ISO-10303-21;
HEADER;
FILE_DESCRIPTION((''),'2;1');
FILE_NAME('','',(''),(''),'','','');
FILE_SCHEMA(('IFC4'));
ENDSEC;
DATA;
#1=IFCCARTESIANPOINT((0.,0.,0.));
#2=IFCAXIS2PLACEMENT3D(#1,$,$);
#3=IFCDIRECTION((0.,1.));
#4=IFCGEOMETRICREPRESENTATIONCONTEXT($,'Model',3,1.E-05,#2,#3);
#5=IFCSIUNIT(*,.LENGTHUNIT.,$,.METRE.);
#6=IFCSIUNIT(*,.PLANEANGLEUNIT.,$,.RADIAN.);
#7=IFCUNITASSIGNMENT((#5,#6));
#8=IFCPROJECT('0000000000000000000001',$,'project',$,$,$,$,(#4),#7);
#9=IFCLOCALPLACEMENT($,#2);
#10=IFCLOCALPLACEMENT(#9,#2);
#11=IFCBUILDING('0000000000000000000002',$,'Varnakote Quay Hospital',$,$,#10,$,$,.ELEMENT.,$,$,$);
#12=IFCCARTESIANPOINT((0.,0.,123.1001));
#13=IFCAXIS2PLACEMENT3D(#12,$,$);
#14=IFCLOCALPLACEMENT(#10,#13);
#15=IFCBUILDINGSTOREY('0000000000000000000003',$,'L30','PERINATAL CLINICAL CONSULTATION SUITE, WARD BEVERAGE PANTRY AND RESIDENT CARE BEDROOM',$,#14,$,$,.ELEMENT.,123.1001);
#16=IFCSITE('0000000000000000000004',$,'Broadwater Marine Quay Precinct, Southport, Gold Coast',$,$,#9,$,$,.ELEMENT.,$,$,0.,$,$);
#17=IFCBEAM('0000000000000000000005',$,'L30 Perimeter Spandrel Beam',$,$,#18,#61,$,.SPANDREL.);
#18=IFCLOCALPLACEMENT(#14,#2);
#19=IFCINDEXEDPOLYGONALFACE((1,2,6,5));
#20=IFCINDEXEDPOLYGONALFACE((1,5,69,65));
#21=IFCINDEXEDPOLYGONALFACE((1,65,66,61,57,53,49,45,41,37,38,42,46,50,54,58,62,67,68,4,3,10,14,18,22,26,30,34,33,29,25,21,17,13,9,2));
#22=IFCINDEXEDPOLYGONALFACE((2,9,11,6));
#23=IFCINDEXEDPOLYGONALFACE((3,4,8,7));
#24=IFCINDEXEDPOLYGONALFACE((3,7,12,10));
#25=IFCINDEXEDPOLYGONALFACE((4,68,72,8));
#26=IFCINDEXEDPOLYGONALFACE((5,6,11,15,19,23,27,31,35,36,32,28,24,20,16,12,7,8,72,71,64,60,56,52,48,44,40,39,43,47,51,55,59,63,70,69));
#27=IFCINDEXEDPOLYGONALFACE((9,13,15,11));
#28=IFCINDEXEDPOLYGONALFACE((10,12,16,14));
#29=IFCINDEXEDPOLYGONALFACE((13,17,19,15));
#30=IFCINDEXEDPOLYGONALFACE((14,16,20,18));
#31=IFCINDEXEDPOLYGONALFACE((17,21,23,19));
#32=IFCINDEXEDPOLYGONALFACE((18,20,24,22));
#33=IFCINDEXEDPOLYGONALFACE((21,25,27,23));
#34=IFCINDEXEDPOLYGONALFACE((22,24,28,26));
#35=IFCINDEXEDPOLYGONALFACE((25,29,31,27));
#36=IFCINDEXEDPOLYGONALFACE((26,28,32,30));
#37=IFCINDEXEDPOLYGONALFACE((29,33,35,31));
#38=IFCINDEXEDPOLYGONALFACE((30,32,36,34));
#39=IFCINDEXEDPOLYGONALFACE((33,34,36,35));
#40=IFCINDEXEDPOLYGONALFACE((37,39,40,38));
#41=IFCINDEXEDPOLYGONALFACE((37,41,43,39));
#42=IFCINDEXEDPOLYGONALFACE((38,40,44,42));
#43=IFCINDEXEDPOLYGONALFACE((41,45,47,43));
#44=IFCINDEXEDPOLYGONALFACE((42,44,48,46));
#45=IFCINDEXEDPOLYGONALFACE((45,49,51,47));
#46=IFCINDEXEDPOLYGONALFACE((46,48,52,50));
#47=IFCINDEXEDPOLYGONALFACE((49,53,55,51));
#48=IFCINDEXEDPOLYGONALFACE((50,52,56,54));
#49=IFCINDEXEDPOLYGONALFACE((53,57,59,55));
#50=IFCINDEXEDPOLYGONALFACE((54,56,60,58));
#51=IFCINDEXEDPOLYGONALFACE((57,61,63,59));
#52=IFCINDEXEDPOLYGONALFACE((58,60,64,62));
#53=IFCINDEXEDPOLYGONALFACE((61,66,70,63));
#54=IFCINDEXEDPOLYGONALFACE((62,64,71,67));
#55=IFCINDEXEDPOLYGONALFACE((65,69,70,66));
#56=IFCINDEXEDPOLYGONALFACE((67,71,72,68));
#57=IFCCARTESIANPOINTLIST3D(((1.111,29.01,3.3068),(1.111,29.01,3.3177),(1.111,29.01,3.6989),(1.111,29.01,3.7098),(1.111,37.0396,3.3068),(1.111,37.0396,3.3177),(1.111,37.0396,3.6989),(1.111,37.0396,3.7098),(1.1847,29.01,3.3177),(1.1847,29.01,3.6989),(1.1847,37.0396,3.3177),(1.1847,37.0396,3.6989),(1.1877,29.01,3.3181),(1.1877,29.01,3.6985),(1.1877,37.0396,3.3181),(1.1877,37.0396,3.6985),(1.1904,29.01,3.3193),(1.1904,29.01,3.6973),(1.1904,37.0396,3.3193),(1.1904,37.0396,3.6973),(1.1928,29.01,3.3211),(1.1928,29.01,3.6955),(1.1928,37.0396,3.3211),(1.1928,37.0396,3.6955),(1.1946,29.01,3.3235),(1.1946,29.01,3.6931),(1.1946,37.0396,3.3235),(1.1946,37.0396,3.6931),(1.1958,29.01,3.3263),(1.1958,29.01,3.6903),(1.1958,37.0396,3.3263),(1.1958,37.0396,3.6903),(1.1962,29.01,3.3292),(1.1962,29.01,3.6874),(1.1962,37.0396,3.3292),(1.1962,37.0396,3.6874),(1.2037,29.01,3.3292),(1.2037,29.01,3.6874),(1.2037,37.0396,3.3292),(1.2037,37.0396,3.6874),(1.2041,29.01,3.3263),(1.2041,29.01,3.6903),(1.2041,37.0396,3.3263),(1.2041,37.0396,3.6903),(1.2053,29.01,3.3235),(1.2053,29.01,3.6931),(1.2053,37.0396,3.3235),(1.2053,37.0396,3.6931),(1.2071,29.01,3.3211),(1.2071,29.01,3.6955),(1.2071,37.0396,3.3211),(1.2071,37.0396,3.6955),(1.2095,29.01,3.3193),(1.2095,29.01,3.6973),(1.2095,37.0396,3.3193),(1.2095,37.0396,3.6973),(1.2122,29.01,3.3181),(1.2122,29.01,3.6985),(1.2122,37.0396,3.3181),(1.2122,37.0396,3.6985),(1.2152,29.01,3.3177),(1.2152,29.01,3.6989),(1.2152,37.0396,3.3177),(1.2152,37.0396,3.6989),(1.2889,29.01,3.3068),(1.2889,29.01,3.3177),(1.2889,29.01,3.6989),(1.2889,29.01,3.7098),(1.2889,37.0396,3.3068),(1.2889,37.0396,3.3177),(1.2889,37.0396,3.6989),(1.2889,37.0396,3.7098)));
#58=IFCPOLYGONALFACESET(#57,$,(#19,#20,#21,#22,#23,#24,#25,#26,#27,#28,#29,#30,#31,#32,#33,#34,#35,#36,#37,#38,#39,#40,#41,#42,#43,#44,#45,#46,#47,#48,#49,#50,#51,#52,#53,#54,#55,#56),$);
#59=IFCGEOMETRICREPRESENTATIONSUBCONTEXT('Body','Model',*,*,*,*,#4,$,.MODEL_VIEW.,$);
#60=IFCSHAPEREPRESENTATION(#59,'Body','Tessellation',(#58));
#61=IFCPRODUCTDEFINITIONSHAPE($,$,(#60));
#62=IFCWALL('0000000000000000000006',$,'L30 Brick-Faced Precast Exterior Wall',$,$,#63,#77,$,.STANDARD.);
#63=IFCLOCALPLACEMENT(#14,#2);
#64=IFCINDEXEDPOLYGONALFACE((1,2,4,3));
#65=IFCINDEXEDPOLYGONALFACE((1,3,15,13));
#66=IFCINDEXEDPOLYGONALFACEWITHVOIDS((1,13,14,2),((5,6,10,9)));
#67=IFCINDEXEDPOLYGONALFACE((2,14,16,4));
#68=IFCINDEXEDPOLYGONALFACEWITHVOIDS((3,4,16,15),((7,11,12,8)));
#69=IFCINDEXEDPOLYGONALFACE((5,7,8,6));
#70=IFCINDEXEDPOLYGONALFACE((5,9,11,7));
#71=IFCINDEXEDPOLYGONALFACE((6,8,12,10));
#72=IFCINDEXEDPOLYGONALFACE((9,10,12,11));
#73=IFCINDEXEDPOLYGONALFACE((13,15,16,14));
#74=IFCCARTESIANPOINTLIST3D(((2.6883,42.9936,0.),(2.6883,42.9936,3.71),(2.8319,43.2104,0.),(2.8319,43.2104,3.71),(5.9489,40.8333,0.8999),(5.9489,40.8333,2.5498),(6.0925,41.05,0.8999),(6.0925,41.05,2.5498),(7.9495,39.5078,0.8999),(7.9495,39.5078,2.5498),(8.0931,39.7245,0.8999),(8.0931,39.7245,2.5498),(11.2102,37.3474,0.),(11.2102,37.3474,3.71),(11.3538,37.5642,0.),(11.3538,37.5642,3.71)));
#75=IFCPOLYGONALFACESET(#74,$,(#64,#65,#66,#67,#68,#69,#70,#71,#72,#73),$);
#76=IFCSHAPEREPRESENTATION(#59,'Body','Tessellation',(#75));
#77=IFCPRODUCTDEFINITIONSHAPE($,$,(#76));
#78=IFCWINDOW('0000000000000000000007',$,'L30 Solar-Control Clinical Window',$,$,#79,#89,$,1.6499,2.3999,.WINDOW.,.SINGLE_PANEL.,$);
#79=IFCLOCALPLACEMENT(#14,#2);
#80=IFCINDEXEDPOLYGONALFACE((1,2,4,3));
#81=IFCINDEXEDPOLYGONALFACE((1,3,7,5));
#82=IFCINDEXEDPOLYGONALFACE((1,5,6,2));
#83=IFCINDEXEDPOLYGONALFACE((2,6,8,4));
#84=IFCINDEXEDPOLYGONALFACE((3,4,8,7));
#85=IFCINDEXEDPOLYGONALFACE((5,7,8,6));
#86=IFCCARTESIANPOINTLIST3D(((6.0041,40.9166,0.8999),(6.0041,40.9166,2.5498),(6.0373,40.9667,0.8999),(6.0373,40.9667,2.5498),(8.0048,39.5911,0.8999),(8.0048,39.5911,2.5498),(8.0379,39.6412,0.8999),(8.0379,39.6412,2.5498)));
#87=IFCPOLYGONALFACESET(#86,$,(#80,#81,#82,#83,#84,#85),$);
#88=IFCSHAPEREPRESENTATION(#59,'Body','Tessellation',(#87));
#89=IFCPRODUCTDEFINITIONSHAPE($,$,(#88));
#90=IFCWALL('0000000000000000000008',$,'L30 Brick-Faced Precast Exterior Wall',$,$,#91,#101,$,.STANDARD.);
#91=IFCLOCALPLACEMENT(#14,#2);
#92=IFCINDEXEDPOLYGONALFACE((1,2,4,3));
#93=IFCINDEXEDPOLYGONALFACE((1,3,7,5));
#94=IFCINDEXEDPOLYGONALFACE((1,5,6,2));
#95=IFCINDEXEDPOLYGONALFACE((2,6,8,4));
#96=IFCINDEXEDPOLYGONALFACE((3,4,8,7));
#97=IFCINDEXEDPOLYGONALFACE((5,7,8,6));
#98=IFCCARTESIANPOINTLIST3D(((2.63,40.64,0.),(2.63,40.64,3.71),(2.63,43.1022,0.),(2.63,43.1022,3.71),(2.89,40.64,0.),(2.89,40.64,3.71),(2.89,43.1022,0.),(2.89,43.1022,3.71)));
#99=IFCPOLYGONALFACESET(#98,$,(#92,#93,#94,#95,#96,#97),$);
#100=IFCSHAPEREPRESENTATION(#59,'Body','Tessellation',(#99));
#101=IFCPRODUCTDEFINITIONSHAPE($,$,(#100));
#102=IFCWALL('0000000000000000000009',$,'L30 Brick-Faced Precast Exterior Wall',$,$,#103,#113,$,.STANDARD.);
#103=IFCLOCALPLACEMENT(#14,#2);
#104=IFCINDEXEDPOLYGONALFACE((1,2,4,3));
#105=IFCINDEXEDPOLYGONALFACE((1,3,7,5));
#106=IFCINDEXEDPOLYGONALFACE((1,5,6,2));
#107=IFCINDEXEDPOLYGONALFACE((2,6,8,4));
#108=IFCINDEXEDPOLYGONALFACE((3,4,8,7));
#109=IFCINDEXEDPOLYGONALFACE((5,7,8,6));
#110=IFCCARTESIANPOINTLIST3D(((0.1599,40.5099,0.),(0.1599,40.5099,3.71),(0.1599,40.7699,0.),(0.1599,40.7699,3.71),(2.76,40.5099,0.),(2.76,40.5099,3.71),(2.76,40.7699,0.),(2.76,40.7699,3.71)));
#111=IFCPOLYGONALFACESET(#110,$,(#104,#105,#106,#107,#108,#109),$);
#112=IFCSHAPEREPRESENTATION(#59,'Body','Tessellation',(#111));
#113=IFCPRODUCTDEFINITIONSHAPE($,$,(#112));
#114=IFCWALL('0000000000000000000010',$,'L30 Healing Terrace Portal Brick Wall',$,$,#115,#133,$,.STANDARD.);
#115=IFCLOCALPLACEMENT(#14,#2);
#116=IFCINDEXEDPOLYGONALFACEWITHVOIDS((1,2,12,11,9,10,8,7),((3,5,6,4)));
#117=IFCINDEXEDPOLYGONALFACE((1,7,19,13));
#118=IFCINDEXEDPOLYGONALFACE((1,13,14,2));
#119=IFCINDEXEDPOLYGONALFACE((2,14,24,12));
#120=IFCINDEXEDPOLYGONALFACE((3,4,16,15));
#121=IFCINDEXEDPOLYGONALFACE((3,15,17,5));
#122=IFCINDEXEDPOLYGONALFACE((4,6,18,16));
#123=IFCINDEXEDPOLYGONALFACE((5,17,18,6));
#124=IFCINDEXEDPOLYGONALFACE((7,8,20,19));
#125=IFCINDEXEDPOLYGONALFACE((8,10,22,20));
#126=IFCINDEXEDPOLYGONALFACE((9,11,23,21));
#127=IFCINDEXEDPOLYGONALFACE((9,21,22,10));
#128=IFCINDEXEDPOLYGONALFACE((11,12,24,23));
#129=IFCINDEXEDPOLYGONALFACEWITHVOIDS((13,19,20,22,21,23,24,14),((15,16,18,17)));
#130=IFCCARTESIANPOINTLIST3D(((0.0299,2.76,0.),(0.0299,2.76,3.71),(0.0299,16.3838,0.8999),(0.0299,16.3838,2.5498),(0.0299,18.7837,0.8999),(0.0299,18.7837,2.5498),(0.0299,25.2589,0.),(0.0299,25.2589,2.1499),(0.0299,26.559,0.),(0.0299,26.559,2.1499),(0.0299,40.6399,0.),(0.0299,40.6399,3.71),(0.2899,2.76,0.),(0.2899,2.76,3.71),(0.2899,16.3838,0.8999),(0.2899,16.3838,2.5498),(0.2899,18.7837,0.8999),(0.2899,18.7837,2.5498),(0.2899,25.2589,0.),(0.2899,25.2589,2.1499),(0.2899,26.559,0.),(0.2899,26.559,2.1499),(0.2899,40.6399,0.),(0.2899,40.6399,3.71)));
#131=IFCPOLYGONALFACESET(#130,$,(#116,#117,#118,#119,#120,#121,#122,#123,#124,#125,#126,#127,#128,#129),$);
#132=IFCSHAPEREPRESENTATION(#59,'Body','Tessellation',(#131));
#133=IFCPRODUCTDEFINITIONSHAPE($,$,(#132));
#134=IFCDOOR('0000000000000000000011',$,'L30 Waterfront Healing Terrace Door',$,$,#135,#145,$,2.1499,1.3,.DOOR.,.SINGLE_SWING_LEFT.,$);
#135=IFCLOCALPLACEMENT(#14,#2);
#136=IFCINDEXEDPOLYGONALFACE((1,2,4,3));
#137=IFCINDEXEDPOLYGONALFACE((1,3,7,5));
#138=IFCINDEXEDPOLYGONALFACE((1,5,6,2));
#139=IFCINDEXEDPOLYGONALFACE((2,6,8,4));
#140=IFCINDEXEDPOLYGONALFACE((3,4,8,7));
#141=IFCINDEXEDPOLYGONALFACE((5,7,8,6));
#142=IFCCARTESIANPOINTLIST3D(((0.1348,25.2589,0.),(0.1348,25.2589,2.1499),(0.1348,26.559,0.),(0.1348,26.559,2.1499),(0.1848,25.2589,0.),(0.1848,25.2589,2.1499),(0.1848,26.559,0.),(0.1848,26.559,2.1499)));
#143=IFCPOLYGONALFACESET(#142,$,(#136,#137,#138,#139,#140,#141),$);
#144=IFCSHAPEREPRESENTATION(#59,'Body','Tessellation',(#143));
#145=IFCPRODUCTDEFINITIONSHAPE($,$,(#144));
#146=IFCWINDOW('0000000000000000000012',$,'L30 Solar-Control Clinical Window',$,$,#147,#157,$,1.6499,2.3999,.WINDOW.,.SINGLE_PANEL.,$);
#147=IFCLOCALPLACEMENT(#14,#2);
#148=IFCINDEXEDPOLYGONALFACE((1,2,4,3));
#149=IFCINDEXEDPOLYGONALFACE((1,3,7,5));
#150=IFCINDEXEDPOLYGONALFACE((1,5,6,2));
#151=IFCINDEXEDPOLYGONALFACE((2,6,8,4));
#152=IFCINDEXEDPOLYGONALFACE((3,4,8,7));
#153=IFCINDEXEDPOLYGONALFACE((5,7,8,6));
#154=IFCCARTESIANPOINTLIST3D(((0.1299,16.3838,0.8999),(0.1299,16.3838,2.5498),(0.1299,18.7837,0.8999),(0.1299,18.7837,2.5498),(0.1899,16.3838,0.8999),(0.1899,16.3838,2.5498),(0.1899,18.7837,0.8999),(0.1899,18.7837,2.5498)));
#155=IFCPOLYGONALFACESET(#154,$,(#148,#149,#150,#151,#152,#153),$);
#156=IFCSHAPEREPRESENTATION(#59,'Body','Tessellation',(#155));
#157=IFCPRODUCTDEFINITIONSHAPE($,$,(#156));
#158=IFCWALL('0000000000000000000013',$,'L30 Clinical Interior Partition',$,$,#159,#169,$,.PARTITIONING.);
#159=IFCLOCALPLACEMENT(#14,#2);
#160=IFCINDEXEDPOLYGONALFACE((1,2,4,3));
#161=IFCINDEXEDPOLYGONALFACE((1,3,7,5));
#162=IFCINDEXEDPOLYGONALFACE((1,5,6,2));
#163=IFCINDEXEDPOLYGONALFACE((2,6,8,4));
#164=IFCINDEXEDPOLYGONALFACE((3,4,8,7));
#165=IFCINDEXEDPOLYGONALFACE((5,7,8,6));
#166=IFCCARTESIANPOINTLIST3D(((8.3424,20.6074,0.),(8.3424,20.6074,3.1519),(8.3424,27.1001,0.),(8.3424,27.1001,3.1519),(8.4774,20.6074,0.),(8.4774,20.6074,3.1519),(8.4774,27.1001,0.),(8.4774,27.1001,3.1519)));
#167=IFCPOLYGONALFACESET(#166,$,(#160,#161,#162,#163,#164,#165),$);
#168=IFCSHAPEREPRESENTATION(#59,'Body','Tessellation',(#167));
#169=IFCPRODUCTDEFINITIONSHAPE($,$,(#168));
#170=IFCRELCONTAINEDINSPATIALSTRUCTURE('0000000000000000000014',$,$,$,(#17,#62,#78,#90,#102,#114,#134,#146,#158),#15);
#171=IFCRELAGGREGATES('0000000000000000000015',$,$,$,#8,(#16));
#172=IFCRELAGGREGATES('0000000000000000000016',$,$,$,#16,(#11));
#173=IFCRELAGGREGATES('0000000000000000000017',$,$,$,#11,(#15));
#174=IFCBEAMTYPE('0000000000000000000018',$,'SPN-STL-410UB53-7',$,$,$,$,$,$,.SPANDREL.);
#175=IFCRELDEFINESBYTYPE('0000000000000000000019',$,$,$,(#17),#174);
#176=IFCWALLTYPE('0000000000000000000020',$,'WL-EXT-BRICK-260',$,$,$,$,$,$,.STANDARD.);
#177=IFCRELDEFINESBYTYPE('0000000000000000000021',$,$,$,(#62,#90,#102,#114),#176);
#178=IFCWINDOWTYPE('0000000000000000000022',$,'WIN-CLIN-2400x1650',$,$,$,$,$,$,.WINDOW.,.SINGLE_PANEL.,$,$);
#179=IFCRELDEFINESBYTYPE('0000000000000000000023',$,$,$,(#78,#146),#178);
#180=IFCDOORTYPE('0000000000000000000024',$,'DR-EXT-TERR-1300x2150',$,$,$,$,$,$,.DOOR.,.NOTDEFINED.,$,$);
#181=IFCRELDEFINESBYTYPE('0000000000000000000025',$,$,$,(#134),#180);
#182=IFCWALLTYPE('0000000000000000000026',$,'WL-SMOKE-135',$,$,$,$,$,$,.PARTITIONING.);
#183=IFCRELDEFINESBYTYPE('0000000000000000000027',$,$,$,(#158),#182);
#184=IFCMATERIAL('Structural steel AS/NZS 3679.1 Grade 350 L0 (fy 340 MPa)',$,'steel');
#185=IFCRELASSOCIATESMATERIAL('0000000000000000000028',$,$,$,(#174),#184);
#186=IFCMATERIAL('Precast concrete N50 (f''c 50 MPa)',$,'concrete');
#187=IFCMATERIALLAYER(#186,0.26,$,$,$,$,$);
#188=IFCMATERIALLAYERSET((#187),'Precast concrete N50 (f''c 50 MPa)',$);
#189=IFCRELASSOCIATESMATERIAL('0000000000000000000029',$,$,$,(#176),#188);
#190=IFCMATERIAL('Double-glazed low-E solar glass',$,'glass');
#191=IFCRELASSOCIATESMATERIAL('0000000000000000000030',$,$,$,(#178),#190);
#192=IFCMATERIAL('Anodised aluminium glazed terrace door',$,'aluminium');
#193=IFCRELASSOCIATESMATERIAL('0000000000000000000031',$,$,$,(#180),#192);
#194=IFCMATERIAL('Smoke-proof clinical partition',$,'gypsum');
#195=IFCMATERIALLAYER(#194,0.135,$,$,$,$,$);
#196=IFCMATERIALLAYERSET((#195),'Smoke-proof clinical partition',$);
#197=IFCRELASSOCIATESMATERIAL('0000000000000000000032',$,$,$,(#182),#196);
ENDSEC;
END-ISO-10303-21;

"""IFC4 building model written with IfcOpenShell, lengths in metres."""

from ifc_helpers import new_model, si_unit, direction, frame, frame_2d, origin, origin_2d, place, context, subcontext, project, spatial, rectangle, i_section, extrude, material, layer, layer_set, material_profile, profile_set, type_object, element, fill, save


model = new_model("IFC4")

# Units and contexts
model_context = context("Model", 3, precision=1e-05, world=origin(), true_north=direction((0.0, 1.0)))
body_context = subcontext(model_context, "Body", "Model", "MODEL_VIEW")
ifc_project = project(units=[si_unit("LENGTHUNIT", "METRE"), si_unit("PLANEANGLEUNIT", "RADIAN")], contexts=[model_context])

# Site, building, storey
site_placement = place(None, origin())
site = spatial("IfcSite", under=ifc_project, at=site_placement, Name="Broadwater Marine Quay Precinct, Southport, Gold Coast", CompositionType="ELEMENT", RefElevation=0.0)
building_placement = place(site_placement, origin())
building = spatial("IfcBuilding", under=site, at=building_placement, Name="Varnakote Quay Hospital", CompositionType="ELEMENT")
storey_placement = place(building_placement, frame((0.0, 0.0, 123.1001)))
storey = spatial("IfcBuildingStorey", under=building, at=storey_placement, Name="L30", Description="PERINATAL CLINICAL CONSULTATION SUITE, WARD BEVERAGE PANTRY AND RESIDENT CARE BEDROOM", CompositionType="ELEMENT", Elevation=123.1001)

# Beam
ifc_material_1 = material(Name="Structural steel AS/NZS 3679.1 Grade 350 L0 (fy 340 MPa)", Category="steel")
ifc_material_profile_1 = material_profile(ifc_material_1, i_section(OverallWidth=0.178, OverallDepth=0.4031, WebThickness=0.0076, FlangeThickness=0.011, FilletRadius=0.0115, at=origin_2d()), Name="410UB53.7")
ifc_profile_set_1 = profile_set([ifc_material_profile_1], Name="Structural steel AS/NZS 3679.1 Grade 350 L0 (fy 340 MPa)")
beam_type_1 = type_object("IfcBeamType", Name="SPN-STL-410UB53-7", PredefinedType="SPANDREL", material=ifc_profile_set_1)
beam_1_placement = place(storey_placement, frame((1.2, 29.01, 3.5083), z_axis=(0.0, 1.0, 0.0), x_axis=(-1.0, 0.0, 0.0)))
element("IfcBeam", 1, at=beam_1_placement, inside=storey, type_object=beam_type_1, Name="L30 Perimeter Spandrel Beam", PredefinedType="SPANDREL", context=body_context, shape_type="SweptSolid", body=[
    extrude(i_section(OverallWidth=0.178, OverallDepth=0.4031, WebThickness=0.0076, FlangeThickness=0.011, FilletRadius=0.0115, at=origin_2d()), origin(), (0.0, 0.0, 1.0), 8.0295),
])

# Wall, opening, window
ifc_material_2 = material(Name="Precast concrete N50 (f'c 50 MPa)", Category="concrete")
ifc_layer_1 = layer(ifc_material_2, 0.26)
ifc_layer_set_1 = layer_set([ifc_layer_1], Name="Precast concrete N50 (f'c 50 MPa)")
wall_type_1 = type_object("IfcWallType", Name="WL-EXT-BRICK-260", PredefinedType="STANDARD", material=ifc_layer_set_1)
wall_1_placement = place(storey_placement, frame((11.282, 37.4558, 0.0), z_axis=(0.0, 0.0, 1.0), x_axis=(-0.83363, 0.552323, 0.0)))
wall_1 = element("IfcWall", 2, at=wall_1_placement, inside=storey, type_object=wall_type_1, Name="L30 Brick-Faced Precast Exterior Wall", PredefinedType="STANDARD", context=body_context, shape_type="SweptSolid", body=[
    extrude(rectangle(XDim=10.2227, YDim=0.26, at=frame_2d((5.1113, 0.0))), origin(), (0.0, 0.0, 1.0), 3.71),
])
opening_1_placement = place(wall_1_placement, frame((3.9114, 0.0, 0.8999)))
opening_1 = element("IfcOpeningElement", 3, at=opening_1_placement, cuts=wall_1, PredefinedType="OPENING", context=body_context, shape_type="SweptSolid", body=[
    extrude(rectangle(XDim=2.3999, YDim=1.6499, at=frame_2d((1.2, 0.825))), frame((0.0, 0.1399, 0.0), z_axis=(0.0, -1.0, 0.0), x_axis=(1.0, 0.0, 0.0)), (0.0, 0.0, 1.0), 0.28),
])
ifc_material_3 = material(Name="Double-glazed low-E solar glass", Category="glass")
window_type = type_object("IfcWindowType", Name="WIN-CLIN-2400x1650", PartitioningType="SINGLE_PANEL", PredefinedType="WINDOW", material=ifc_material_3)
window_1_placement = place(opening_1_placement, origin())
window_1 = element("IfcWindow", 4, at=window_1_placement, inside=storey, type_object=window_type, Name="L30 Solar-Control Clinical Window", OverallHeight=1.6499, OverallWidth=2.3999, PartitioningType="SINGLE_PANEL", PredefinedType="WINDOW", context=body_context, shape_type="SweptSolid", body=[
    extrude(rectangle(XDim=2.3999, YDim=1.6499, at=frame_2d((1.2, 0.825))), frame((0.0, 0.03, 0.0), z_axis=(0.0, -1.0, 0.0), x_axis=(1.0, 0.0, 0.0)), (0.0, 0.0, 1.0), 0.0601),
])
fill(opening_1, window_1)

# Walls
wall_2_placement = place(storey_placement, frame((2.76, 43.1021, 0.0), z_axis=(0.0, 0.0, 1.0), x_axis=(0.0, -1.0, 0.0)))
element("IfcWall", 5, at=wall_2_placement, inside=storey, type_object=wall_type_1, Name="L30 Brick-Faced Precast Exterior Wall", PredefinedType="STANDARD", context=body_context, shape_type="SweptSolid", body=[
    extrude(rectangle(XDim=2.4622, YDim=0.26, at=frame_2d((1.231, 0.0))), origin(), (0.0, 0.0, 1.0), 3.71),
])
wall_3_placement = place(storey_placement, frame((2.76, 40.6399, 0.0), z_axis=(0.0, 0.0, 1.0), x_axis=(-1.0, 0.0, 0.0)))
element("IfcWall", 6, at=wall_3_placement, inside=storey, type_object=wall_type_1, Name="L30 Brick-Faced Precast Exterior Wall", PredefinedType="STANDARD", context=body_context, shape_type="SweptSolid", body=[
    extrude(rectangle(XDim=2.6001, YDim=0.26, at=frame_2d((1.3, 0.0))), origin(), (0.0, 0.0, 1.0), 3.71),
])

# Wall, openings, door, window
wall_4_placement = place(storey_placement, frame((0.1599, 40.6399, 0.0), z_axis=(0.0, 0.0, 1.0), x_axis=(0.0, -1.0, 0.0)))
wall_4 = element("IfcWall", 7, at=wall_4_placement, inside=storey, type_object=wall_type_1, Name="L30 Healing Terrace Portal Brick Wall", PredefinedType="STANDARD", context=body_context, shape_type="SweptSolid", body=[
    extrude(rectangle(XDim=37.8799, YDim=0.26, at=frame_2d((18.9399, 0.0))), origin(), (0.0, 0.0, 1.0), 3.71),
])
opening_2_placement = place(wall_4_placement, frame((14.0811, 0.0, 0.0)))
opening_2 = element("IfcOpeningElement", 8, at=opening_2_placement, cuts=wall_4, PredefinedType="OPENING", context=body_context, shape_type="SweptSolid", body=[
    extrude(rectangle(XDim=1.3, YDim=2.1499, at=frame_2d((0.6499, 1.075))), frame((0.0, 0.1399, 0.0), z_axis=(0.0, -1.0, 0.0), x_axis=(1.0, 0.0, 0.0)), (0.0, 0.0, 1.0), 0.28),
])
opening_3_placement = place(wall_4_placement, frame((21.8562, 0.0, 0.8999)))
opening_3 = element("IfcOpeningElement", 9, at=opening_3_placement, cuts=wall_4, PredefinedType="OPENING", context=body_context, shape_type="SweptSolid", body=[
    extrude(rectangle(XDim=2.3999, YDim=1.6499, at=frame_2d((1.2, 0.825))), frame((0.0, 0.1399, 0.0), z_axis=(0.0, -1.0, 0.0), x_axis=(1.0, 0.0, 0.0)), (0.0, 0.0, 1.0), 0.28),
])
ifc_material_4 = material(Name="Anodised aluminium glazed terrace door", Category="aluminium")
door_type_1 = type_object("IfcDoorType", Name="DR-EXT-TERR-1300x2150", OperationType="NOTDEFINED", PredefinedType="DOOR", material=ifc_material_4)
door_1_placement = place(opening_2_placement, origin())
door_1 = element("IfcDoor", 10, at=door_1_placement, inside=storey, type_object=door_type_1, Name="L30 Waterfront Healing Terrace Door", OperationType="SINGLE_SWING_LEFT", OverallHeight=2.1499, OverallWidth=1.3, PredefinedType="DOOR", context=body_context, shape_type="SweptSolid", body=[
    extrude(rectangle(XDim=1.3, YDim=2.1499, at=frame_2d((0.6499, 1.075))), frame((0.0, 0.0249, 0.0), z_axis=(0.0, -1.0, 0.0), x_axis=(1.0, 0.0, 0.0)), (0.0, 0.0, 1.0), 0.05),
])
fill(opening_2, door_1)
window_2_placement = place(opening_3_placement, origin())
window_2 = element("IfcWindow", 11, at=window_2_placement, inside=storey, type_object=window_type, Name="L30 Solar-Control Clinical Window", OverallHeight=1.6499, OverallWidth=2.3999, PartitioningType="SINGLE_PANEL", PredefinedType="WINDOW", context=body_context, shape_type="SweptSolid", body=[
    extrude(rectangle(XDim=2.3999, YDim=1.6499, at=frame_2d((1.2, 0.825))), frame((0.0, 0.03, 0.0), z_axis=(0.0, -1.0, 0.0), x_axis=(1.0, 0.0, 0.0)), (0.0, 0.0, 1.0), 0.0601),
])
fill(opening_3, window_2)

# Wall
ifc_material_5 = material(Name="Smoke-proof clinical partition", Category="gypsum")
ifc_layer_2 = layer(ifc_material_5, 0.135)
ifc_layer_set_2 = layer_set([ifc_layer_2], Name="Smoke-proof clinical partition")
wall_type_2 = type_object("IfcWallType", Name="WL-SMOKE-135", PredefinedType="PARTITIONING", material=ifc_layer_set_2)
wall_5_placement = place(storey_placement, frame((8.4099, 20.6074, 0.0), z_axis=(0.0, 0.0, 1.0), x_axis=(0.0, 1.0, 0.0)))
element("IfcWall", 12, at=wall_5_placement, inside=storey, type_object=wall_type_2, Name="L30 Clinical Interior Partition", PredefinedType="PARTITIONING", context=body_context, shape_type="SweptSolid", body=[
    extrude(rectangle(XDim=6.4927, YDim=0.135, at=frame_2d((3.2463, 0.0))), origin(), (0.0, 0.0, 1.0), 3.1519),
])

save(model, "model.ifc")
